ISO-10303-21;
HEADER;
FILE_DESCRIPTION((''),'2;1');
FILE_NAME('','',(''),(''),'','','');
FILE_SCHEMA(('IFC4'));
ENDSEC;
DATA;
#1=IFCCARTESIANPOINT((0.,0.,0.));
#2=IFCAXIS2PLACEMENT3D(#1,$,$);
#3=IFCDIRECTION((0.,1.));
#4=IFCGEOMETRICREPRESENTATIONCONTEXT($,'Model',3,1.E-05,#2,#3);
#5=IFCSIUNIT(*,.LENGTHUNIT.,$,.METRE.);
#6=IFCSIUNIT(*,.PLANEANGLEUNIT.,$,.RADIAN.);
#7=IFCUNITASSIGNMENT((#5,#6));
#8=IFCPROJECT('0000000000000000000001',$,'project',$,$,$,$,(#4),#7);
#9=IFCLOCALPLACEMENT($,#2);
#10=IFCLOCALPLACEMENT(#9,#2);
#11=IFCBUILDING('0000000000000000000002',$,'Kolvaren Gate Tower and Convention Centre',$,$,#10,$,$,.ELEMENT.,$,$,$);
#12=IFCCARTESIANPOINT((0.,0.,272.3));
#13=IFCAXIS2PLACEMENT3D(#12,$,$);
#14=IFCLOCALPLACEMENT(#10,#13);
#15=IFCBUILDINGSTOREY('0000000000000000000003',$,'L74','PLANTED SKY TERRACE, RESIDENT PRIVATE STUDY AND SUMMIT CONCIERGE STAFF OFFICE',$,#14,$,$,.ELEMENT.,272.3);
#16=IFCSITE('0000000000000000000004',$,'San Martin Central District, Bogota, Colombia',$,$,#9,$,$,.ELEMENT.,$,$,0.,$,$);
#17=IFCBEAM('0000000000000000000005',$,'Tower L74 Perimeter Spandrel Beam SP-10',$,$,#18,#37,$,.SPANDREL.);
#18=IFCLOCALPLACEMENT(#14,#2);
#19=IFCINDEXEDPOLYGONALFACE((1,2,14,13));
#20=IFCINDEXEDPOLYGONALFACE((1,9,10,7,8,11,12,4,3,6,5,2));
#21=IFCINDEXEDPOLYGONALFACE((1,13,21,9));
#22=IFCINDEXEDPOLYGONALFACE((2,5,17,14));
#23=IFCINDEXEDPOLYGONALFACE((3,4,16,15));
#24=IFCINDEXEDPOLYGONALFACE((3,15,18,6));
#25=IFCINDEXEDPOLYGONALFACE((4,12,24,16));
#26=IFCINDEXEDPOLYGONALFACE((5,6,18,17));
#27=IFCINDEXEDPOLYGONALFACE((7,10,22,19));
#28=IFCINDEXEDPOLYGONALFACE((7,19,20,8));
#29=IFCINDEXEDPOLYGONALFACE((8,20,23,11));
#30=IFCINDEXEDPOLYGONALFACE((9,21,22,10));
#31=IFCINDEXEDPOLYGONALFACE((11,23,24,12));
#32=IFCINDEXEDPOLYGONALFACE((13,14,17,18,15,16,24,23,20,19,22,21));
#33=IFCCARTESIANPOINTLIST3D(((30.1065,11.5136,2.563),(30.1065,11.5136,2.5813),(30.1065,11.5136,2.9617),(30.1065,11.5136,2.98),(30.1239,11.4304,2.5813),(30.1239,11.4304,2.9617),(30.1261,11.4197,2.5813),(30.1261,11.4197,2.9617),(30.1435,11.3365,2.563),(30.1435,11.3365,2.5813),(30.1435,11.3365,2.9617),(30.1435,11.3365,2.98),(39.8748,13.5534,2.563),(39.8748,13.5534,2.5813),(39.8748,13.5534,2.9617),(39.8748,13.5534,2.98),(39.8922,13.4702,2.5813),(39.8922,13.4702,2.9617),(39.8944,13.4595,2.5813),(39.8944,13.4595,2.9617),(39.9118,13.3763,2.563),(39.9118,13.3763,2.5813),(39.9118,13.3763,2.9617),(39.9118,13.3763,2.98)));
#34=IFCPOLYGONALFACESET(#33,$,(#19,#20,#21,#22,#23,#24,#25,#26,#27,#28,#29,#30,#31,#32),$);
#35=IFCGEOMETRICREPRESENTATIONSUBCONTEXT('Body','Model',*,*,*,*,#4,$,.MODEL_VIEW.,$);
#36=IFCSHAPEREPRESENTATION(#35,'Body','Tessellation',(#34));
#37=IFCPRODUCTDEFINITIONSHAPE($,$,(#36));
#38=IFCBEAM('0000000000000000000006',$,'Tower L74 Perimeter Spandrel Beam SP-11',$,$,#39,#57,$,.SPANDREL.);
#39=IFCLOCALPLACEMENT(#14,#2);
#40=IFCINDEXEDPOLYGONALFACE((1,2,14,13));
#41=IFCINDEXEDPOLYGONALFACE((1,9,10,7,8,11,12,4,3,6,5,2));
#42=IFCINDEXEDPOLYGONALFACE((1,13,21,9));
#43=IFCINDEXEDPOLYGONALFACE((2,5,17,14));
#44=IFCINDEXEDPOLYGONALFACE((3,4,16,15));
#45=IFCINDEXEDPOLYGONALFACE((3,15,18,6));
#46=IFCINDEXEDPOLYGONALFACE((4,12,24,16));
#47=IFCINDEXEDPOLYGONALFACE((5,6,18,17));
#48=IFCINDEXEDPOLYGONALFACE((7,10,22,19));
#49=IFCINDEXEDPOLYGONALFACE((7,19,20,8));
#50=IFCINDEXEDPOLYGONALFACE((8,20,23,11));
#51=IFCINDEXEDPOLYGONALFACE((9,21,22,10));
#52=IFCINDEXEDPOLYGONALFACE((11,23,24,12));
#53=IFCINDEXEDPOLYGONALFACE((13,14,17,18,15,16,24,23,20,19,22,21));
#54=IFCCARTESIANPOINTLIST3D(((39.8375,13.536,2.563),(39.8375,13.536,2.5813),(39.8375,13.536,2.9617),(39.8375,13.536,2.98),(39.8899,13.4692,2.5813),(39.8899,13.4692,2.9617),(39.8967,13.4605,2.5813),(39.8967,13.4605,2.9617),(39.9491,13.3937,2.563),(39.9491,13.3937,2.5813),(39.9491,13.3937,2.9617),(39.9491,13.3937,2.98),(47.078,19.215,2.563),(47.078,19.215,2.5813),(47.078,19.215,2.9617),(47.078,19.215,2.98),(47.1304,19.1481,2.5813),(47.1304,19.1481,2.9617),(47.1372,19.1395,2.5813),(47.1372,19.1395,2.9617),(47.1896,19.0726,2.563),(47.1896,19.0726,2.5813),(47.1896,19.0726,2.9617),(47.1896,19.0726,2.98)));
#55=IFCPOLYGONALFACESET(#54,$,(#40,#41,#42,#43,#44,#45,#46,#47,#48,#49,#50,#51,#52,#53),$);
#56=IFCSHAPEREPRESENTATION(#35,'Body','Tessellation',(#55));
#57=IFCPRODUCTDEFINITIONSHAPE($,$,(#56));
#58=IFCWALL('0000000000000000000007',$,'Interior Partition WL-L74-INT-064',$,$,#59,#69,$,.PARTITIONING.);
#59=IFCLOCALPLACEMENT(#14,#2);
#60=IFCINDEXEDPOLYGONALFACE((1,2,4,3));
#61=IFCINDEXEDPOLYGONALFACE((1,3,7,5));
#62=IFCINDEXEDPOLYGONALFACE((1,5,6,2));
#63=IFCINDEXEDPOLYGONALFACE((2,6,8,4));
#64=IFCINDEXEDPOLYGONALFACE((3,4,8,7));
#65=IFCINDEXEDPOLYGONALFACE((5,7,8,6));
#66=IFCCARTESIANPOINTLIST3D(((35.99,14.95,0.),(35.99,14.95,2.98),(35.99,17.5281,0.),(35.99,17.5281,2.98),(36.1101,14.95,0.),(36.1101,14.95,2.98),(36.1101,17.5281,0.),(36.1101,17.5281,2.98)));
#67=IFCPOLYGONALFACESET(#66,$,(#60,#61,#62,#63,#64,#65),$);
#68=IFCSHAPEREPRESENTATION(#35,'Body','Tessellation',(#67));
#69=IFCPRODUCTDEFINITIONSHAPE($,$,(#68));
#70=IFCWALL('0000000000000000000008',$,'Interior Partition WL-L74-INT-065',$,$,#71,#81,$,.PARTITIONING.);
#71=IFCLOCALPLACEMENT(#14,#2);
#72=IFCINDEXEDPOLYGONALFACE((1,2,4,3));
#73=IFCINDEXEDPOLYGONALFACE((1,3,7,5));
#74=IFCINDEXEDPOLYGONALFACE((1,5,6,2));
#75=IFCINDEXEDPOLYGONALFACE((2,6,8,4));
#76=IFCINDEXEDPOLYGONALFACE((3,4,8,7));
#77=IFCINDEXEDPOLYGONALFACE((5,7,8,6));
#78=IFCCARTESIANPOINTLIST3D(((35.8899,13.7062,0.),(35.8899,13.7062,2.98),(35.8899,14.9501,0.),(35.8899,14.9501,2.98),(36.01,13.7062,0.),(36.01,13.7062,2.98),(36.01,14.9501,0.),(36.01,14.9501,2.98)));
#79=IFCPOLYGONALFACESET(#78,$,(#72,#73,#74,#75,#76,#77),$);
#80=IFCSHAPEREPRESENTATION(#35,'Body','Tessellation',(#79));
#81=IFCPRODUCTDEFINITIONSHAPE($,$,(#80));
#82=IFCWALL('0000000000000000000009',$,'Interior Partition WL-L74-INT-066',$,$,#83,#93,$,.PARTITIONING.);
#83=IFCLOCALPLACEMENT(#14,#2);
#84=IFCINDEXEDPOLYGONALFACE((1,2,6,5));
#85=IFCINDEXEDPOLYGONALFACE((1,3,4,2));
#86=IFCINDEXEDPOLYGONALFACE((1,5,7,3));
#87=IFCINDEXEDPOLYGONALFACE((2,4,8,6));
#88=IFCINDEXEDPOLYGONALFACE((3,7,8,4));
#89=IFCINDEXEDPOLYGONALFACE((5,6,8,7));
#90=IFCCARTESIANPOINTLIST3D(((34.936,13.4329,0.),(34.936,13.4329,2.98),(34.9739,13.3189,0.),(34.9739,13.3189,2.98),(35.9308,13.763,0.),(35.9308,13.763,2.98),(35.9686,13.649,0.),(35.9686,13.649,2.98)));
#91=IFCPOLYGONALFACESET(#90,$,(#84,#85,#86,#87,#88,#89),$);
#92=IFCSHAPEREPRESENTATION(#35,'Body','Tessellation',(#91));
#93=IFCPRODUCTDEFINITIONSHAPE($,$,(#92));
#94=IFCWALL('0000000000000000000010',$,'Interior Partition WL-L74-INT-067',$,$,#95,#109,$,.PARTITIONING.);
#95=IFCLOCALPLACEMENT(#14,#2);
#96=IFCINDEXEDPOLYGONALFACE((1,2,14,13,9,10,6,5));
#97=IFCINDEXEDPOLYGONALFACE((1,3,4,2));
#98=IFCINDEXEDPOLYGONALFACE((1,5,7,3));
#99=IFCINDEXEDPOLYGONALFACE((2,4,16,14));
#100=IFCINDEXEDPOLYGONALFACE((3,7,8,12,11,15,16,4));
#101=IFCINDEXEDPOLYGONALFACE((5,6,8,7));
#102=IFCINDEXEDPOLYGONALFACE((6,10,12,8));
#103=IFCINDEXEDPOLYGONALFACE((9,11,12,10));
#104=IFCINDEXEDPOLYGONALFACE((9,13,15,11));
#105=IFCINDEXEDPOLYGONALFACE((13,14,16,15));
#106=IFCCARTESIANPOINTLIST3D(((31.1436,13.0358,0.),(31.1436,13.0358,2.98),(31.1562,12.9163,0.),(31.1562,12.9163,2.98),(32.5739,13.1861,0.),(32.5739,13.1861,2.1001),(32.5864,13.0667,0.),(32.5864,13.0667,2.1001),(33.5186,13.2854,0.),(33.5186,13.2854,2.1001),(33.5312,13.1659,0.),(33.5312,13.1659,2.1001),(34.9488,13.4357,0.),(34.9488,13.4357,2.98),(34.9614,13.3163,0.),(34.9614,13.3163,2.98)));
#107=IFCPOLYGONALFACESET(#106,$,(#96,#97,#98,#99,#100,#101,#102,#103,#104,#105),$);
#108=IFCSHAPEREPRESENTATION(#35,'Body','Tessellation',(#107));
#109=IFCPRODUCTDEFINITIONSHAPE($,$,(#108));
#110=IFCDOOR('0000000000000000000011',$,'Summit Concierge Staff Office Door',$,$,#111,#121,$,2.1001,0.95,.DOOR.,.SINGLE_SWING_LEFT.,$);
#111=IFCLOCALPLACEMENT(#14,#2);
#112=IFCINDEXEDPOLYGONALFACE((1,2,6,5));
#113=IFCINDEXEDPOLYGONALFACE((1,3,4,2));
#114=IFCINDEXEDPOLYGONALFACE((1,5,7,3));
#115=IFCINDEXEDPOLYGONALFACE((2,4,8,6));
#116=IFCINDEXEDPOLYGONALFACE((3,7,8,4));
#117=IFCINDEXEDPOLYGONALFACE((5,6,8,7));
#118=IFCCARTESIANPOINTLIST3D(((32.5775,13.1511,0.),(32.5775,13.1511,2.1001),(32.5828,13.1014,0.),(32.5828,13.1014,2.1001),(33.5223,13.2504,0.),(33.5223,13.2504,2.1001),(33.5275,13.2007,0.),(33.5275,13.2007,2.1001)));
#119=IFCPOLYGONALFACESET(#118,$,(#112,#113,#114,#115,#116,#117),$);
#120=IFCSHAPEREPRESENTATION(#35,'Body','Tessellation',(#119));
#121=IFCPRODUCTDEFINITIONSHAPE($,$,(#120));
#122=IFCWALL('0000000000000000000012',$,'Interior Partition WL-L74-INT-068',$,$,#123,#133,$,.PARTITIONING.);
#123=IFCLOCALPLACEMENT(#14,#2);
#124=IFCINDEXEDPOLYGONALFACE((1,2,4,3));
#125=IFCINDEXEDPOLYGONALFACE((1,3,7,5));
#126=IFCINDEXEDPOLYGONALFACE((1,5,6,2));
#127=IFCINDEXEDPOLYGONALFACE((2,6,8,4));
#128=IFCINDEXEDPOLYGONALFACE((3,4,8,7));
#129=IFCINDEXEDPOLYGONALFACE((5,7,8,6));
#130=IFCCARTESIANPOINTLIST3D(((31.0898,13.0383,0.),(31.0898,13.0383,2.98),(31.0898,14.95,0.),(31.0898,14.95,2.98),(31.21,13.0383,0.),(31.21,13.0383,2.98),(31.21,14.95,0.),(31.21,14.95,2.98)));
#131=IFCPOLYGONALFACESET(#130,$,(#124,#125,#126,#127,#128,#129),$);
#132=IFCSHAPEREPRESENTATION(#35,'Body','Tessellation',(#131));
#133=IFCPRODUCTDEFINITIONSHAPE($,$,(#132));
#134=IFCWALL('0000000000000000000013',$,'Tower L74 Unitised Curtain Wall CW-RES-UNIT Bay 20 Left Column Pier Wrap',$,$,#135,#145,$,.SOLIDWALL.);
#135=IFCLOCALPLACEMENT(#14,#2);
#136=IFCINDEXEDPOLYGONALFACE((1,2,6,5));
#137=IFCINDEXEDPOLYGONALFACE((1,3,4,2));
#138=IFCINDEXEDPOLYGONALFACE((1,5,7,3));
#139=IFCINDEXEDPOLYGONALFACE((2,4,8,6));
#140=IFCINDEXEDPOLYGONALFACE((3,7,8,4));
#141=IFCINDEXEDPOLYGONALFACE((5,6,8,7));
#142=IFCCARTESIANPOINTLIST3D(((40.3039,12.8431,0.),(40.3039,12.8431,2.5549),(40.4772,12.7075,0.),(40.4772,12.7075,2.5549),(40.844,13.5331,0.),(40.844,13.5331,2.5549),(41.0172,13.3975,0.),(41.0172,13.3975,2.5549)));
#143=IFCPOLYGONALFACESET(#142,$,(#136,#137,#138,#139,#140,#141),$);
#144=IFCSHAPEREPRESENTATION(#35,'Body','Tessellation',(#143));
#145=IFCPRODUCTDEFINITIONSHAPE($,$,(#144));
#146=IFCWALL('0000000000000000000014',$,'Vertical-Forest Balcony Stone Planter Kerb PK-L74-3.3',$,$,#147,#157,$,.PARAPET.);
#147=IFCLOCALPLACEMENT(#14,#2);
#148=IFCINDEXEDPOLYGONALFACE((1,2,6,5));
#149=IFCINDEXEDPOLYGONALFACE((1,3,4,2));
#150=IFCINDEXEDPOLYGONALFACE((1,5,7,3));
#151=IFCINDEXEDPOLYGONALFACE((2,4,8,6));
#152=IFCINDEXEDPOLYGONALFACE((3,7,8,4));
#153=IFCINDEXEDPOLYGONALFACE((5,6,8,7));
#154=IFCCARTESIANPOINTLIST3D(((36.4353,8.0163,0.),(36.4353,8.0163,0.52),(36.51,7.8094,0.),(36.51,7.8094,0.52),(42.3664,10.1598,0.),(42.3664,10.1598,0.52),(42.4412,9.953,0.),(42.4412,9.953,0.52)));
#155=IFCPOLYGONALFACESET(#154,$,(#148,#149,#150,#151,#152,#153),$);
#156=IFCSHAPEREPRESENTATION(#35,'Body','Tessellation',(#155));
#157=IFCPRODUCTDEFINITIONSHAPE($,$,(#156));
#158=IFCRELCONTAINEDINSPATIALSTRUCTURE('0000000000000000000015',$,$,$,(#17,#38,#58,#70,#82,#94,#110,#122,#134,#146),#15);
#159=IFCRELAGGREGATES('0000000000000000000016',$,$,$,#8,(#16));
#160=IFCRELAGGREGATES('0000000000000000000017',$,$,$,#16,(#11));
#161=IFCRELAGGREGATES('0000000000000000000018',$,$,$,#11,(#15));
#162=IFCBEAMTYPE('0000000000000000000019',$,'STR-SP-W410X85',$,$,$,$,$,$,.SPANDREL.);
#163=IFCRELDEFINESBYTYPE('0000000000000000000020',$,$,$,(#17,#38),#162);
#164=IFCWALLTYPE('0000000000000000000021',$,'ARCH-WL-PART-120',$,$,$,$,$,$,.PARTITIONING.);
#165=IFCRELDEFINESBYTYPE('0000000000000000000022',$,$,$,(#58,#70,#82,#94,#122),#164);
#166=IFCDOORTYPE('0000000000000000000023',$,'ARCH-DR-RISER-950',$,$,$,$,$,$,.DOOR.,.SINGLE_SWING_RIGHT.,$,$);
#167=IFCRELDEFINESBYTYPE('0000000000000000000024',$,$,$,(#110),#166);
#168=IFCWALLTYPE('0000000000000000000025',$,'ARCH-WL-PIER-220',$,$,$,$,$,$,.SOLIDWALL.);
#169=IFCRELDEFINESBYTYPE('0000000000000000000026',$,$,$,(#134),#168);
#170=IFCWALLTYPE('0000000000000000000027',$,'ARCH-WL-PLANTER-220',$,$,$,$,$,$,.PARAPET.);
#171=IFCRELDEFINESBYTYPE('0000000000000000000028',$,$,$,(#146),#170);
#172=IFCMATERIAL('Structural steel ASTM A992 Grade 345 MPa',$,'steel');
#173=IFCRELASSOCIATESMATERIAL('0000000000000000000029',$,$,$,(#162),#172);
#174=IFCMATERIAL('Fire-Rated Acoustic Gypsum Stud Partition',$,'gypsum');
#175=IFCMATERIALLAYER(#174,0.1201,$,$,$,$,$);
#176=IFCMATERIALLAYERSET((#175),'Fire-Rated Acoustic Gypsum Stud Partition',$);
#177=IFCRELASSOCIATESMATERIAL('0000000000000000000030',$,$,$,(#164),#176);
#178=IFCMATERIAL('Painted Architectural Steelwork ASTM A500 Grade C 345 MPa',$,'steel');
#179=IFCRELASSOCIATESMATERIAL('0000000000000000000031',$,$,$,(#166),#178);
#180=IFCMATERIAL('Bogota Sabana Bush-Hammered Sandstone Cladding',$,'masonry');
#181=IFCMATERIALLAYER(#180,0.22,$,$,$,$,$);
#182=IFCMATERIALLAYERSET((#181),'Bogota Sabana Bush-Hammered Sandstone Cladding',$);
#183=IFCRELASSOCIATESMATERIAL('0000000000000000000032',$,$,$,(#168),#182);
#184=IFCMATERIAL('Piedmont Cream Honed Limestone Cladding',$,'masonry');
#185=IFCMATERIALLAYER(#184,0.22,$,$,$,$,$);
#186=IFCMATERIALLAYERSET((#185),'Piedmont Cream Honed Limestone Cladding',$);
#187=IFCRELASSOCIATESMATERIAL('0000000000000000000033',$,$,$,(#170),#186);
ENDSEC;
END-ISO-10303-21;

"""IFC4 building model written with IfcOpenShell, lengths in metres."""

from ifc_helpers import new_model, si_unit, direction, frame, frame_2d, origin, origin_2d, place, context, subcontext, project, spatial, rectangle, i_section, extrude, material, layer, layer_set, material_profile, profile_set, type_object, element, fill, save


model = new_model("IFC4")

# Units and contexts
model_context = context("Model", 3, precision=1e-05, world=origin(), true_north=direction((0.0, 1.0)))
body_context = subcontext(model_context, "Body", "Model", "MODEL_VIEW")
ifc_project = project(units=[si_unit("LENGTHUNIT", "METRE"), si_unit("PLANEANGLEUNIT", "RADIAN")], contexts=[model_context])

# Site, building, storey
site_placement = place(None, origin())
site = spatial("IfcSite", under=ifc_project, at=site_placement, Name="San Martin Central District, Bogota, Colombia", CompositionType="ELEMENT", RefElevation=0.0)
building_placement = place(site_placement, origin())
building = spatial("IfcBuilding", under=site, at=building_placement, Name="Kolvaren Gate Tower and Convention Centre", CompositionType="ELEMENT")
storey_placement = place(building_placement, frame((0.0, 0.0, 272.3)))
storey = spatial("IfcBuildingStorey", under=building, at=storey_placement, Name="L74", Description="PLANTED SKY TERRACE, RESIDENT PRIVATE STUDY AND SUMMIT CONCIERGE STAFF OFFICE", CompositionType="ELEMENT", Elevation=272.3)

# Beams
ifc_material_1 = material(Name="Structural steel ASTM A992 Grade 345 MPa", Category="steel")
ifc_material_profile_1 = material_profile(ifc_material_1, i_section(OverallWidth=0.1809, OverallDepth=0.417, WebThickness=0.011, FlangeThickness=0.0183, at=origin_2d()), Name="W410X85")
ifc_profile_set_1 = profile_set([ifc_material_profile_1], Name="Structural steel ASTM A992 Grade 345 MPa")
beam_type_1 = type_object("IfcBeamType", Name="STR-SP-W410X85", PredefinedType="SPANDREL", material=ifc_profile_set_1)
beam_1_placement = place(storey_placement, frame((30.125, 11.425, 2.7715), z_axis=(0.978886, 0.204409, 0.0), x_axis=(-0.204409, 0.978886, 0.0)))
element("IfcBeam", 1, at=beam_1_placement, inside=storey, type_object=beam_type_1, Name="Tower L74 Perimeter Spandrel Beam SP-10", PredefinedType="SPANDREL", context=body_context, shape_type="SweptSolid", body=[
    extrude(i_section(OverallWidth=0.1809, OverallDepth=0.417, WebThickness=0.011, FlangeThickness=0.0183, at=origin_2d()), origin(), (0.0, 0.0, 1.0), 9.979),
])
beam_2_placement = place(storey_placement, frame((39.8933, 13.4648, 2.7715), z_axis=(0.786846, 0.61715, 0.0), x_axis=(-0.61715, 0.786846, 0.0)))
element("IfcBeam", 2, at=beam_2_placement, inside=storey, type_object=beam_type_1, Name="Tower L74 Perimeter Spandrel Beam SP-11", PredefinedType="SPANDREL", context=body_context, shape_type="SweptSolid", body=[
    extrude(i_section(OverallWidth=0.1809, OverallDepth=0.417, WebThickness=0.011, FlangeThickness=0.0183, at=origin_2d()), origin(), (0.0, 0.0, 1.0), 9.2019),
])

# Walls
ifc_material_2 = material(Name="Fire-Rated Acoustic Gypsum Stud Partition", Category="gypsum")
ifc_layer_1 = layer(ifc_material_2, 0.1201)
ifc_layer_set_1 = layer_set([ifc_layer_1], Name="Fire-Rated Acoustic Gypsum Stud Partition")
wall_type_1 = type_object("IfcWallType", Name="ARCH-WL-PART-120", PredefinedType="PARTITIONING", material=ifc_layer_set_1)
wall_1_placement = place(storey_placement, frame((36.05, 14.95, 0.0), z_axis=(0.0, 0.0, 1.0), x_axis=(0.0, 1.0, 0.0)))
element("IfcWall", 3, at=wall_1_placement, inside=storey, type_object=wall_type_1, Name="Interior Partition WL-L74-INT-064", PredefinedType="PARTITIONING", context=body_context, shape_type="SweptSolid", body=[
    extrude(rectangle(XDim=2.5781, YDim=0.1201, at=frame_2d((1.2891, 0.0))), origin(), (0.0, 0.0, 1.0), 2.98),
])
wall_2_placement = place(storey_placement, frame((35.95, 13.7061, 0.0), z_axis=(0.0, 0.0, 1.0), x_axis=(0.0, 1.0, 0.0)))
element("IfcWall", 4, at=wall_2_placement, inside=storey, type_object=wall_type_1, Name="Interior Partition WL-L74-INT-065", PredefinedType="PARTITIONING", context=body_context, shape_type="SweptSolid", body=[
    extrude(rectangle(XDim=1.2439, YDim=0.1201, at=frame_2d((0.6221, 0.0))), origin(), (0.0, 0.0, 1.0), 2.98),
])
wall_3_placement = place(storey_placement, frame((34.9551, 13.376, 0.0), z_axis=(0.0, 0.0, 1.0), x_axis=(0.949125, 0.3149, 0.0)))
element("IfcWall", 5, at=wall_3_placement, inside=storey, type_object=wall_type_1, Name="Interior Partition WL-L74-INT-066", PredefinedType="PARTITIONING", context=body_context, shape_type="SweptSolid", body=[
    extrude(rectangle(XDim=1.0481, YDim=0.1201, at=frame_2d((0.5239, 0.0))), origin(), (0.0, 0.0, 1.0), 2.98),
])

# Wall, opening, door
wall_4_placement = place(storey_placement, frame((31.1499, 12.9761, 0.0), z_axis=(0.0, 0.0, 1.0), x_axis=(0.994523, 0.104519, 0.0)))
wall_4 = element("IfcWall", 6, at=wall_4_placement, inside=storey, type_object=wall_type_1, Name="Interior Partition WL-L74-INT-067", PredefinedType="PARTITIONING", context=body_context, shape_type="SweptSolid", body=[
    extrude(rectangle(XDim=3.8262, YDim=0.1201, at=frame_2d((1.9131, 0.0))), origin(), (0.0, 0.0, 1.0), 2.98),
])
opening_1_placement = place(wall_4_placement, frame((1.438, 0.0, 0.0)))
opening_1 = element("IfcOpeningElement", 7, at=opening_1_placement, cuts=wall_4, PredefinedType="OPENING", context=body_context, shape_type="SweptSolid", body=[
    extrude(rectangle(XDim=0.95, YDim=2.1001, at=frame_2d((0.4751, 1.05))), frame((0.0, 0.0701, 0.0), z_axis=(0.0, -1.0, 0.0), x_axis=(1.0, 0.0, 0.0)), (0.0, 0.0, 1.0), 0.1401),
])
ifc_material_3 = material(Name="Painted Architectural Steelwork ASTM A500 Grade C 345 MPa", Category="steel")
door_type_1 = type_object("IfcDoorType", Name="ARCH-DR-RISER-950", OperationType="SINGLE_SWING_RIGHT", PredefinedType="DOOR", material=ifc_material_3)
door_1_placement = place(opening_1_placement, origin())
door_1 = element("IfcDoor", 8, at=door_1_placement, inside=storey, type_object=door_type_1, Name="Summit Concierge Staff Office Door", OperationType="SINGLE_SWING_LEFT", OverallHeight=2.1001, OverallWidth=0.95, PredefinedType="DOOR", context=body_context, shape_type="SweptSolid", body=[
    extrude(rectangle(XDim=0.95, YDim=2.1001, at=frame_2d((0.4751, 1.05))), frame((0.0, 0.0249, 0.0), z_axis=(0.0, -1.0, 0.0), x_axis=(1.0, 0.0, 0.0)), (0.0, 0.0, 1.0), 0.05),
])
fill(opening_1, door_1)

# Walls
wall_5_placement = place(storey_placement, frame((31.1499, 13.0383, 0.0), z_axis=(0.0, 0.0, 1.0), x_axis=(0.0, 1.0, 0.0)))
element("IfcWall", 9, at=wall_5_placement, inside=storey, type_object=wall_type_1, Name="Interior Partition WL-L74-INT-068", PredefinedType="PARTITIONING", context=body_context, shape_type="SweptSolid", body=[
    extrude(rectangle(XDim=1.9116, YDim=0.1201, at=frame_2d((0.9558, 0.0))), origin(), (0.0, 0.0, 1.0), 2.98),
])
ifc_material_4 = material(Name="Bogota Sabana Bush-Hammered Sandstone Cladding", Category="masonry")
ifc_layer_2 = layer(ifc_material_4, 0.22)
ifc_layer_set_2 = layer_set([ifc_layer_2], Name="Bogota Sabana Bush-Hammered Sandstone Cladding")
wall_type_2 = type_object("IfcWallType", Name="ARCH-WL-PIER-220", PredefinedType="SOLIDWALL", material=ifc_layer_set_2)
wall_6_placement = place(storey_placement, frame((40.3906, 12.7754, 0.0), z_axis=(0.0, 0.0, 1.0), x_axis=(0.616368, 0.787458, 0.0)))
element("IfcWall", 10, at=wall_6_placement, inside=storey, type_object=wall_type_2, Name="Tower L74 Unitised Curtain Wall CW-RES-UNIT Bay 20 Left Column Pier Wrap", PredefinedType="SOLIDWALL", context=body_context, shape_type="SweptSolid", body=[
    extrude(rectangle(XDim=0.8762, YDim=0.22, at=frame_2d((0.438, 0.0))), origin(), (0.0, 0.0, 1.0), 2.5549),
])
ifc_material_5 = material(Name="Piedmont Cream Honed Limestone Cladding", Category="masonry")
ifc_layer_3 = layer(ifc_material_5, 0.22)
ifc_layer_set_3 = layer_set([ifc_layer_3], Name="Piedmont Cream Honed Limestone Cladding")
wall_type_3 = type_object("IfcWallType", Name="ARCH-WL-PLANTER-220", PredefinedType="PARAPET", material=ifc_layer_set_3)
wall_7_placement = place(storey_placement, frame((36.4727, 7.9128, 0.0), z_axis=(0.0, 0.0, 1.0), x_axis=(0.940465, 0.33989, 0.0)))
element("IfcWall", 11, at=wall_7_placement, inside=storey, type_object=wall_type_3, Name="Vertical-Forest Balcony Stone Planter Kerb PK-L74-3.3", PredefinedType="PARAPET", context=body_context, shape_type="SweptSolid", body=[
    extrude(rectangle(XDim=6.3066, YDim=0.22, at=frame_2d((3.1533, 0.0))), origin(), (0.0, 0.0, 1.0), 0.52),
])

save(model, "model.ifc")
